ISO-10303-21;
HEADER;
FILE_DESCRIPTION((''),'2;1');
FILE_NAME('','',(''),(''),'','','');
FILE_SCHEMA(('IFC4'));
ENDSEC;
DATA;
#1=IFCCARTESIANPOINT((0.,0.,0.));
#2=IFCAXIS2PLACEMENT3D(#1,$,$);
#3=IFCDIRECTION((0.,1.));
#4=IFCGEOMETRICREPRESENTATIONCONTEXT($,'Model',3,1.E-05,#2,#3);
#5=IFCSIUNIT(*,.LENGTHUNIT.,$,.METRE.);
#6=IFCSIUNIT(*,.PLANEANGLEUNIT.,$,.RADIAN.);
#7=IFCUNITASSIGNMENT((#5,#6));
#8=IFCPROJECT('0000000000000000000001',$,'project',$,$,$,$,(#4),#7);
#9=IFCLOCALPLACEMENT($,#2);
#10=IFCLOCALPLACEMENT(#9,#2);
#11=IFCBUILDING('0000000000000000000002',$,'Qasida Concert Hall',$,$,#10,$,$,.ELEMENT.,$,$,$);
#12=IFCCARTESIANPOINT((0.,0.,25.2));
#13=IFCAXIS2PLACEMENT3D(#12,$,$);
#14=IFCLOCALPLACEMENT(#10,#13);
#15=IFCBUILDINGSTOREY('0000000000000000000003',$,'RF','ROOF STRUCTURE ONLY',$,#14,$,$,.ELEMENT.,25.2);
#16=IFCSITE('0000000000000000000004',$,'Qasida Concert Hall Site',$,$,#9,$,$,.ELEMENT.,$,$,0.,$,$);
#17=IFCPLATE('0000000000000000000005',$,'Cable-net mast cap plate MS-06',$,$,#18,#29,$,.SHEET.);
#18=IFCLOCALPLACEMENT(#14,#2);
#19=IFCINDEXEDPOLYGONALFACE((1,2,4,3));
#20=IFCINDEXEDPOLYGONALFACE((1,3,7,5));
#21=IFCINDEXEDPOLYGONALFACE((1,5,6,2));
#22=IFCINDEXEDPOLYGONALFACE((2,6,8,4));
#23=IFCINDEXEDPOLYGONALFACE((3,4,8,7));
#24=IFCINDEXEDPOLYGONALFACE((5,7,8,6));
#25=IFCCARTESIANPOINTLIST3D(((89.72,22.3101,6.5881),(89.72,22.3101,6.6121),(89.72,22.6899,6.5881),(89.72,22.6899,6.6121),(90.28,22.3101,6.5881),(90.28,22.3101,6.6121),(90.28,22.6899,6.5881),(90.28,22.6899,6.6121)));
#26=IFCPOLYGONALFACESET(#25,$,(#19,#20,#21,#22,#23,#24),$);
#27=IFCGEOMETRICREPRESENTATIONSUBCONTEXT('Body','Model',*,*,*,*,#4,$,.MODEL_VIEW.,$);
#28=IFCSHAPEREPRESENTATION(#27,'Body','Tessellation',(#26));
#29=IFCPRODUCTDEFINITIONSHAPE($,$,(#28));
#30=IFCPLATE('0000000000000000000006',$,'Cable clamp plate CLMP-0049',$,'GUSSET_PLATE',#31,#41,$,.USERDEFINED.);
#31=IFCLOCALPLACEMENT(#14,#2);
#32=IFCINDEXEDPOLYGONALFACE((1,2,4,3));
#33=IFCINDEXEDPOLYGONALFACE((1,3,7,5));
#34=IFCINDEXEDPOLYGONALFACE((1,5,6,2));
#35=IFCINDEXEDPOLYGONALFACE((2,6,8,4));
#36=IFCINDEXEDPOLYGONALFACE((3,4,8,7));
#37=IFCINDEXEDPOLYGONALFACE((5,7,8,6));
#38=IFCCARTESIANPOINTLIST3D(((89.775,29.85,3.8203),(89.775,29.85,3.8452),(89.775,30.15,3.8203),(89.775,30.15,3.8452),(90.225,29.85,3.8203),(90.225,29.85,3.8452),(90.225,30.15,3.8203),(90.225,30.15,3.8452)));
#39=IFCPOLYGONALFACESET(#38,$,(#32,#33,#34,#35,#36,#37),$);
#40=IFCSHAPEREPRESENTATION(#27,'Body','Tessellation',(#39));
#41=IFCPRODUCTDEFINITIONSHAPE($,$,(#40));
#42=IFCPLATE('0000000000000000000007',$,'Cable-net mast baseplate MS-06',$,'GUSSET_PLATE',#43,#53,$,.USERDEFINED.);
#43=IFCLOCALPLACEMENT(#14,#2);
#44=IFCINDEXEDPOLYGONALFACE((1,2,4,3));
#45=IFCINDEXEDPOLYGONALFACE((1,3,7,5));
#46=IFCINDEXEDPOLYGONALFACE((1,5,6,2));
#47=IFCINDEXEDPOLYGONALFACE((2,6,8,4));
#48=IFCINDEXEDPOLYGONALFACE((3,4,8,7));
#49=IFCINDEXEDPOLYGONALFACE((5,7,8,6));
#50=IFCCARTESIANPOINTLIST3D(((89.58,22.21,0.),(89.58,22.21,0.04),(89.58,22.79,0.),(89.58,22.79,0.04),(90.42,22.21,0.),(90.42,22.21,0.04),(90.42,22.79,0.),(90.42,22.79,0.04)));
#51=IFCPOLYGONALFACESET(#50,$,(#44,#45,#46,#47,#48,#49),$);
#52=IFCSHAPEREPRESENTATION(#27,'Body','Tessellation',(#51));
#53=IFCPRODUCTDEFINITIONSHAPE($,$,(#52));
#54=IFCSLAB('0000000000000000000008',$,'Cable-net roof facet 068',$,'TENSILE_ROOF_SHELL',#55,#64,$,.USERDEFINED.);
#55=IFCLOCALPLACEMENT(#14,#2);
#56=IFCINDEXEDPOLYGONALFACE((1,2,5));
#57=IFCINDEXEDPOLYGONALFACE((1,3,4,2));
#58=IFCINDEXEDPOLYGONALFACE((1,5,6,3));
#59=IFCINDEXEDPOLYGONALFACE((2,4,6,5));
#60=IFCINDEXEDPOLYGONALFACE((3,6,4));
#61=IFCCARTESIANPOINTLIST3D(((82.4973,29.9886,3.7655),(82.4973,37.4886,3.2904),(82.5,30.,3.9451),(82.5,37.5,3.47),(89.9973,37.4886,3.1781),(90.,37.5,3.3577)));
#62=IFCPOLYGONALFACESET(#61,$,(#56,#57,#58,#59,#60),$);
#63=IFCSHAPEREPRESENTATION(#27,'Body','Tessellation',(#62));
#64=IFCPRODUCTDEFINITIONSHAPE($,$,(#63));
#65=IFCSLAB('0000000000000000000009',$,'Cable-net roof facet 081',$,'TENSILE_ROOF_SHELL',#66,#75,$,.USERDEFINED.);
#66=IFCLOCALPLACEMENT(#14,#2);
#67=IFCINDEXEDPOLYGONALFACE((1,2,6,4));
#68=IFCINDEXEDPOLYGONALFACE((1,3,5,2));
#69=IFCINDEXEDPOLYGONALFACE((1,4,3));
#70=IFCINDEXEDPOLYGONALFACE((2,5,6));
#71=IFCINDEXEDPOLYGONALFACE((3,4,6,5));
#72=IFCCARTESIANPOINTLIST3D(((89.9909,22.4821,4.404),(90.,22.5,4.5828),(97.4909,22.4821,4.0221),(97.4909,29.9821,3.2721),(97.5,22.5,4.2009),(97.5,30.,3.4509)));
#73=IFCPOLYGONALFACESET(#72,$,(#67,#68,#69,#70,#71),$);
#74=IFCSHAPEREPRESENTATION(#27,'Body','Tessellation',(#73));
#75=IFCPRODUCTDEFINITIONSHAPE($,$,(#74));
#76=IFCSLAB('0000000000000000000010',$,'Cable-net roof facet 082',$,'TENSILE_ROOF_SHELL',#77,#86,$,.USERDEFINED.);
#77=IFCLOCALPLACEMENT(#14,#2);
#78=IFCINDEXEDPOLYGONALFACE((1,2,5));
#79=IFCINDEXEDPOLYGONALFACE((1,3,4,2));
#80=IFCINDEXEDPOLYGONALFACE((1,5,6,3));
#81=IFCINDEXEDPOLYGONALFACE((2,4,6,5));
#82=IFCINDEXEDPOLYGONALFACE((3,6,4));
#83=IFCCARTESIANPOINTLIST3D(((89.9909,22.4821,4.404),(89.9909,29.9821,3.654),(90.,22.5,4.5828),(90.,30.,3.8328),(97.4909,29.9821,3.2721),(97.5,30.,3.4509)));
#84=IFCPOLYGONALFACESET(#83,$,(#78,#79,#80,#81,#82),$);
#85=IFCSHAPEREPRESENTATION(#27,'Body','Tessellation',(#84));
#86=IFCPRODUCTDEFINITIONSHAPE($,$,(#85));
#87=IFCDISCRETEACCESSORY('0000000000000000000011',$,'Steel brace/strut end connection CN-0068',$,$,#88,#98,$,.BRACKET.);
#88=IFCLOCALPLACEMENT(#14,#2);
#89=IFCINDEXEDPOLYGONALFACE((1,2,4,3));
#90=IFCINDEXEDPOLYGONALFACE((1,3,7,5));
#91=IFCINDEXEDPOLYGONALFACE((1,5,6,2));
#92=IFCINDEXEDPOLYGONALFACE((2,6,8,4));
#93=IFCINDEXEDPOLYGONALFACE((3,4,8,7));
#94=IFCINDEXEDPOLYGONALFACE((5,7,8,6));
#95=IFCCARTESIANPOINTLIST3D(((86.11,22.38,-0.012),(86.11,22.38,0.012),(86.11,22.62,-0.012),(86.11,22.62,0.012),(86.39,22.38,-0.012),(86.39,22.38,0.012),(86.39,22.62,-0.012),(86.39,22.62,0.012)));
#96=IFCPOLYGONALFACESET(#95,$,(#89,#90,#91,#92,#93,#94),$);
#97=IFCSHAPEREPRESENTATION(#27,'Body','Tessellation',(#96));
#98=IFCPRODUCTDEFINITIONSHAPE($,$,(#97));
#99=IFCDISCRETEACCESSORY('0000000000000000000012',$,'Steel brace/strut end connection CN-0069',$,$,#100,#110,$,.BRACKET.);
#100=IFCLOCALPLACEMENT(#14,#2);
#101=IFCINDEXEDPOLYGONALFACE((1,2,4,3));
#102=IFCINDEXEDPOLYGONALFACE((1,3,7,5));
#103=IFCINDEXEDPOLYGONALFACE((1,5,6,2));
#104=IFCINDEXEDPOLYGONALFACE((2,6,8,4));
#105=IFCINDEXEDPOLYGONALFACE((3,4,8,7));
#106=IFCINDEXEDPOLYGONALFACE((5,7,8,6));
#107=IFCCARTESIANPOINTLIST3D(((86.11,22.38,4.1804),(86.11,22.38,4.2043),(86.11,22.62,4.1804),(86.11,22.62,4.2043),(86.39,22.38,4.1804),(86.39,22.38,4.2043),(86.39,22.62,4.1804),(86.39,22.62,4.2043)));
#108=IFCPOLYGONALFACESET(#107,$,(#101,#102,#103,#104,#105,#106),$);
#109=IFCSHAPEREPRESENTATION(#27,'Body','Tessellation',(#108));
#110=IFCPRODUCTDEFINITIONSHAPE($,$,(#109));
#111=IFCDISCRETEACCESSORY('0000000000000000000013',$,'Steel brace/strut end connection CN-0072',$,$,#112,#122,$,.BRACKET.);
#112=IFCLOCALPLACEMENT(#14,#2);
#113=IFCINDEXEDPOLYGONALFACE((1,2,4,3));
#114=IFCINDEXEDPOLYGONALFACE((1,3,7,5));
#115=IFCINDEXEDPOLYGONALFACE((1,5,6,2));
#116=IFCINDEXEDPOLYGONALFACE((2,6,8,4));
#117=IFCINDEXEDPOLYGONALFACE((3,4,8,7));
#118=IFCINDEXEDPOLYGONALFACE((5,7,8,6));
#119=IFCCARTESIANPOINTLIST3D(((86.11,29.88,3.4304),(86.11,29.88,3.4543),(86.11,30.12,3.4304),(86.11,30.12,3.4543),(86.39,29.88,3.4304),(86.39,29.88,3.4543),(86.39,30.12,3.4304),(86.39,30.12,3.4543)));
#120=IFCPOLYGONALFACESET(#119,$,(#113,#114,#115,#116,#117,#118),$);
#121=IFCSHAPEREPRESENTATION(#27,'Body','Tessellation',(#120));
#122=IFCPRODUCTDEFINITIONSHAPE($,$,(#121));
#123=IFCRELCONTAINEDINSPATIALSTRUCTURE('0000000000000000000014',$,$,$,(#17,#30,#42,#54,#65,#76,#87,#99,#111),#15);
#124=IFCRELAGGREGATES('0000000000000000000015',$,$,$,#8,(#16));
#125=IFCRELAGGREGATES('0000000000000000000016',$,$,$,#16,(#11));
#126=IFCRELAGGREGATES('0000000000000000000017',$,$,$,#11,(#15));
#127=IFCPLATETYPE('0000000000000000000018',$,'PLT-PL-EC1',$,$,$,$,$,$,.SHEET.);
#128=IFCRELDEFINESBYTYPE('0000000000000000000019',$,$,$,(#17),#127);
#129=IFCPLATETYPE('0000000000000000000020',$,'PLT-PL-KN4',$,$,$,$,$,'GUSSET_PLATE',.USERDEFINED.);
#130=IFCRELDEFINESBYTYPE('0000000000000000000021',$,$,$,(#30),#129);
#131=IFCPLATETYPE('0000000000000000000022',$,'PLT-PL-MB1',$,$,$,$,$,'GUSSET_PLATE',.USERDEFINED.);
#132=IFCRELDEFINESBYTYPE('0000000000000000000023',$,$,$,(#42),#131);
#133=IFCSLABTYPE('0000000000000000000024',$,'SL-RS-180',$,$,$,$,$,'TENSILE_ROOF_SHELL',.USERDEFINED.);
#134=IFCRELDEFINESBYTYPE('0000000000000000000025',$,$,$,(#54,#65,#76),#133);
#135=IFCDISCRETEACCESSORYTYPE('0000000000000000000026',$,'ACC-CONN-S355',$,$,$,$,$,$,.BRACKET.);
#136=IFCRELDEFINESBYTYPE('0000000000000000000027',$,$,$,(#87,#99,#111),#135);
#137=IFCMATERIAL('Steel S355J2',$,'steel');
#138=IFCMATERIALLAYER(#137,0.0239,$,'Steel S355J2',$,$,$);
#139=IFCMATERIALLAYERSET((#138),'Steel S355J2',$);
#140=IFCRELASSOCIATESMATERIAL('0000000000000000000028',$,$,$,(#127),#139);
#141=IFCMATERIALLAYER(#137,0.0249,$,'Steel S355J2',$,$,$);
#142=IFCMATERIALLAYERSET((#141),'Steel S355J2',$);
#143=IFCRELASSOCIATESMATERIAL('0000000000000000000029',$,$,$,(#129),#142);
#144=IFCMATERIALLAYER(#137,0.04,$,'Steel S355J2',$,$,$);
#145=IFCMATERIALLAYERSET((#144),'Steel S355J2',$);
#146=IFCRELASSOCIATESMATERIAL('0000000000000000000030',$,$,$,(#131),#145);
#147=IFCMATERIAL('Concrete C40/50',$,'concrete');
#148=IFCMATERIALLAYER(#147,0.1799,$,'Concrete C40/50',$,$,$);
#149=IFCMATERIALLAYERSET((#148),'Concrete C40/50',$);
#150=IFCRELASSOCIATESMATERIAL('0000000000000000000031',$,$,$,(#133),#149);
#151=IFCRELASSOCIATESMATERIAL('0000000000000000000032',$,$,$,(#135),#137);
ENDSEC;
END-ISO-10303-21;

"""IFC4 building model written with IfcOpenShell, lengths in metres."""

from ifc_helpers import new_model, si_unit, direction, frame, origin, origin_2d, place, context, subcontext, project, spatial, polyline, rectangle, outline, extrude, material, layer, layer_set, type_object, element, save


model = new_model("IFC4")

# Units and contexts
model_context = context("Model", 3, precision=1e-05, world=origin(), true_north=direction((0.0, 1.0)))
body_context = subcontext(model_context, "Body", "Model", "MODEL_VIEW")
ifc_project = project(units=[si_unit("LENGTHUNIT", "METRE"), si_unit("PLANEANGLEUNIT", "RADIAN")], contexts=[model_context])

# Site, building, storey
site_placement = place(None, origin())
site = spatial("IfcSite", under=ifc_project, at=site_placement, Name="Qasida Concert Hall Site", CompositionType="ELEMENT", RefElevation=0.0)
building_placement = place(site_placement, origin())
building = spatial("IfcBuilding", under=site, at=building_placement, Name="Qasida Concert Hall", CompositionType="ELEMENT")
storey_placement = place(building_placement, frame((0.0, 0.0, 25.2)))
storey = spatial("IfcBuildingStorey", under=building, at=storey_placement, Name="RF", Description="ROOF STRUCTURE ONLY", CompositionType="ELEMENT", Elevation=25.2)

# Shared definitions
ifc_material_1 = material(Name="Steel S355J2", Category="steel")

# Plates
ifc_layer_1 = layer(ifc_material_1, 0.0239, Name="Steel S355J2")
ifc_layer_set_1 = layer_set([ifc_layer_1], Name="Steel S355J2")
plate_type_1 = type_object("IfcPlateType", Name="PLT-PL-EC1", PredefinedType="SHEET", material=ifc_layer_set_1)
plate_1_placement = place(storey_placement, frame((90.0, 22.5, 6.5881), z_axis=(0.0, 0.0, 1.0), x_axis=(1.0, 0.0, 0.0)))
element("IfcPlate", 1, at=plate_1_placement, inside=storey, type_object=plate_type_1, Name="Cable-net mast cap plate MS-06", PredefinedType="SHEET", context=body_context, shape_type="SweptSolid", body=[
    extrude(rectangle(XDim=0.5601, YDim=0.3799, at=origin_2d()), origin(), (0.0, 0.0, 1.0), 0.0239),
])
ifc_layer_2 = layer(ifc_material_1, 0.0249, Name="Steel S355J2")
ifc_layer_set_2 = layer_set([ifc_layer_2], Name="Steel S355J2")
plate_type_2 = type_object("IfcPlateType", Name="PLT-PL-KN4", ElementType="GUSSET_PLATE", PredefinedType="USERDEFINED", material=ifc_layer_set_2)
plate_2_placement = place(storey_placement, frame((90.0, 30.0, 3.8203), z_axis=(0.0, 0.0, 1.0), x_axis=(1.0, 0.0, 0.0)))
element("IfcPlate", 2, at=plate_2_placement, inside=storey, type_object=plate_type_2, Name="Cable clamp plate CLMP-0049", ObjectType="GUSSET_PLATE", PredefinedType="USERDEFINED", context=body_context, shape_type="SweptSolid", body=[
    extrude(rectangle(XDim=0.45, YDim=0.3, at=origin_2d()), origin(), (0.0, 0.0, 1.0), 0.0249),
])
ifc_layer_3 = layer(ifc_material_1, 0.04, Name="Steel S355J2")
ifc_layer_set_3 = layer_set([ifc_layer_3], Name="Steel S355J2")
plate_type_3 = type_object("IfcPlateType", Name="PLT-PL-MB1", ElementType="GUSSET_PLATE", PredefinedType="USERDEFINED", material=ifc_layer_set_3)
plate_3_placement = place(storey_placement, frame((90.0, 22.5, 0.0), z_axis=(0.0, 0.0, 1.0), x_axis=(1.0, 0.0, 0.0)))
element("IfcPlate", 3, at=plate_3_placement, inside=storey, type_object=plate_type_3, Name="Cable-net mast baseplate MS-06", ObjectType="GUSSET_PLATE", PredefinedType="USERDEFINED", context=body_context, shape_type="SweptSolid", body=[
    extrude(rectangle(XDim=0.8401, YDim=0.5801, at=origin_2d()), origin(), (0.0, 0.0, 1.0), 0.04),
])

# Slabs
ifc_material_2 = material(Name="Concrete C40/50", Category="concrete")
ifc_layer_4 = layer(ifc_material_2, 0.1799, Name="Concrete C40/50")
ifc_layer_set_4 = layer_set([ifc_layer_4], Name="Concrete C40/50")
slab_type = type_object("IfcSlabType", Name="SL-RS-180", ElementType="TENSILE_ROOF_SHELL", PredefinedType="USERDEFINED", material=ifc_layer_set_4)
slab_1_placement = place(storey_placement, frame((82.5, 30.0, 3.9451), z_axis=(0.014942, 0.063213, 0.997888), x_axis=(0.706025, 0.706025, -0.055296)))
element("IfcSlab", 4, at=slab_1_placement, inside=storey, type_object=slab_type, Name="Cable-net roof facet 068", ObjectType="TENSILE_ROOF_SHELL", PredefinedType="USERDEFINED", context=body_context, shape_type="SweptSolid", body=[
    extrude(outline(polyline([(0.0, 0.0), (10.6229, 0.0), (5.3215, 5.3064), (0.0, 0.0)])), origin(), (0.0, 0.0, -1.0), 0.1799),
])
slab_2_placement = place(storey_placement, frame((90.0, 22.5, 4.5828), z_axis=(0.050594, 0.099376, 0.993763), x_axis=(0.998707, 0.0, -0.050846)))
element("IfcSlab", 5, at=slab_2_placement, inside=storey, type_object=slab_type, Name="Cable-net roof facet 081", ObjectType="TENSILE_ROOF_SHELL", PredefinedType="USERDEFINED", context=body_context, shape_type="SweptSolid", body=[
    extrude(outline(polyline([(0.0, 0.0), (7.5097, 0.0), (7.5478, 7.5373), (0.0, 0.0)])), origin(), (0.0, 0.0, -1.0), 0.1799),
])
slab_3_placement = place(storey_placement, frame((90.0, 22.5, 4.5828), z_axis=(0.050594, 0.099376, 0.993763), x_axis=(0.703115, 0.703115, -0.106108)))
element("IfcSlab", 6, at=slab_3_placement, inside=storey, type_object=slab_type, Name="Cable-net roof facet 082", ObjectType="TENSILE_ROOF_SHELL", PredefinedType="USERDEFINED", context=body_context, shape_type="SweptSolid", body=[
    extrude(outline(polyline([(0.0, 0.0), (10.6668, 0.0), (5.3529, 5.3065), (0.0, 0.0)])), origin(), (0.0, 0.0, -1.0), 0.1799),
])

# Discrete accessories
discrete_accessory_type = type_object("IfcDiscreteAccessoryType", Name="ACC-CONN-S355", PredefinedType="BRACKET", material=ifc_material_1)
for number, where, z_axis, x_axis, name in (
    (7, (86.25, 22.5, -0.012), (0.0, 0.0, 1.0), (1.0, 0.0, 0.0), "Steel brace/strut end connection CN-0068"),
    (8, (86.25, 22.5, 4.1804), (0.0, 0.0, 1.0), (1.0, 0.0, 0.0), "Steel brace/strut end connection CN-0069"),
    (9, (86.25, 30.0, 3.4304), (0.0, 0.0, 1.0), (1.0, 0.0, 0.0), "Steel brace/strut end connection CN-0072"),
):
    element("IfcDiscreteAccessory", number, at=place(storey_placement, frame(where, z_axis=z_axis, x_axis=x_axis)), inside=storey, type_object=discrete_accessory_type, Name=name, PredefinedType="BRACKET", context=body_context, shape_type="SweptSolid", body=[
        extrude(rectangle(XDim=0.28, YDim=0.24, at=origin_2d()), origin(), (0.0, 0.0, 1.0), 0.0239),
    ])

save(model, "model.ifc")
